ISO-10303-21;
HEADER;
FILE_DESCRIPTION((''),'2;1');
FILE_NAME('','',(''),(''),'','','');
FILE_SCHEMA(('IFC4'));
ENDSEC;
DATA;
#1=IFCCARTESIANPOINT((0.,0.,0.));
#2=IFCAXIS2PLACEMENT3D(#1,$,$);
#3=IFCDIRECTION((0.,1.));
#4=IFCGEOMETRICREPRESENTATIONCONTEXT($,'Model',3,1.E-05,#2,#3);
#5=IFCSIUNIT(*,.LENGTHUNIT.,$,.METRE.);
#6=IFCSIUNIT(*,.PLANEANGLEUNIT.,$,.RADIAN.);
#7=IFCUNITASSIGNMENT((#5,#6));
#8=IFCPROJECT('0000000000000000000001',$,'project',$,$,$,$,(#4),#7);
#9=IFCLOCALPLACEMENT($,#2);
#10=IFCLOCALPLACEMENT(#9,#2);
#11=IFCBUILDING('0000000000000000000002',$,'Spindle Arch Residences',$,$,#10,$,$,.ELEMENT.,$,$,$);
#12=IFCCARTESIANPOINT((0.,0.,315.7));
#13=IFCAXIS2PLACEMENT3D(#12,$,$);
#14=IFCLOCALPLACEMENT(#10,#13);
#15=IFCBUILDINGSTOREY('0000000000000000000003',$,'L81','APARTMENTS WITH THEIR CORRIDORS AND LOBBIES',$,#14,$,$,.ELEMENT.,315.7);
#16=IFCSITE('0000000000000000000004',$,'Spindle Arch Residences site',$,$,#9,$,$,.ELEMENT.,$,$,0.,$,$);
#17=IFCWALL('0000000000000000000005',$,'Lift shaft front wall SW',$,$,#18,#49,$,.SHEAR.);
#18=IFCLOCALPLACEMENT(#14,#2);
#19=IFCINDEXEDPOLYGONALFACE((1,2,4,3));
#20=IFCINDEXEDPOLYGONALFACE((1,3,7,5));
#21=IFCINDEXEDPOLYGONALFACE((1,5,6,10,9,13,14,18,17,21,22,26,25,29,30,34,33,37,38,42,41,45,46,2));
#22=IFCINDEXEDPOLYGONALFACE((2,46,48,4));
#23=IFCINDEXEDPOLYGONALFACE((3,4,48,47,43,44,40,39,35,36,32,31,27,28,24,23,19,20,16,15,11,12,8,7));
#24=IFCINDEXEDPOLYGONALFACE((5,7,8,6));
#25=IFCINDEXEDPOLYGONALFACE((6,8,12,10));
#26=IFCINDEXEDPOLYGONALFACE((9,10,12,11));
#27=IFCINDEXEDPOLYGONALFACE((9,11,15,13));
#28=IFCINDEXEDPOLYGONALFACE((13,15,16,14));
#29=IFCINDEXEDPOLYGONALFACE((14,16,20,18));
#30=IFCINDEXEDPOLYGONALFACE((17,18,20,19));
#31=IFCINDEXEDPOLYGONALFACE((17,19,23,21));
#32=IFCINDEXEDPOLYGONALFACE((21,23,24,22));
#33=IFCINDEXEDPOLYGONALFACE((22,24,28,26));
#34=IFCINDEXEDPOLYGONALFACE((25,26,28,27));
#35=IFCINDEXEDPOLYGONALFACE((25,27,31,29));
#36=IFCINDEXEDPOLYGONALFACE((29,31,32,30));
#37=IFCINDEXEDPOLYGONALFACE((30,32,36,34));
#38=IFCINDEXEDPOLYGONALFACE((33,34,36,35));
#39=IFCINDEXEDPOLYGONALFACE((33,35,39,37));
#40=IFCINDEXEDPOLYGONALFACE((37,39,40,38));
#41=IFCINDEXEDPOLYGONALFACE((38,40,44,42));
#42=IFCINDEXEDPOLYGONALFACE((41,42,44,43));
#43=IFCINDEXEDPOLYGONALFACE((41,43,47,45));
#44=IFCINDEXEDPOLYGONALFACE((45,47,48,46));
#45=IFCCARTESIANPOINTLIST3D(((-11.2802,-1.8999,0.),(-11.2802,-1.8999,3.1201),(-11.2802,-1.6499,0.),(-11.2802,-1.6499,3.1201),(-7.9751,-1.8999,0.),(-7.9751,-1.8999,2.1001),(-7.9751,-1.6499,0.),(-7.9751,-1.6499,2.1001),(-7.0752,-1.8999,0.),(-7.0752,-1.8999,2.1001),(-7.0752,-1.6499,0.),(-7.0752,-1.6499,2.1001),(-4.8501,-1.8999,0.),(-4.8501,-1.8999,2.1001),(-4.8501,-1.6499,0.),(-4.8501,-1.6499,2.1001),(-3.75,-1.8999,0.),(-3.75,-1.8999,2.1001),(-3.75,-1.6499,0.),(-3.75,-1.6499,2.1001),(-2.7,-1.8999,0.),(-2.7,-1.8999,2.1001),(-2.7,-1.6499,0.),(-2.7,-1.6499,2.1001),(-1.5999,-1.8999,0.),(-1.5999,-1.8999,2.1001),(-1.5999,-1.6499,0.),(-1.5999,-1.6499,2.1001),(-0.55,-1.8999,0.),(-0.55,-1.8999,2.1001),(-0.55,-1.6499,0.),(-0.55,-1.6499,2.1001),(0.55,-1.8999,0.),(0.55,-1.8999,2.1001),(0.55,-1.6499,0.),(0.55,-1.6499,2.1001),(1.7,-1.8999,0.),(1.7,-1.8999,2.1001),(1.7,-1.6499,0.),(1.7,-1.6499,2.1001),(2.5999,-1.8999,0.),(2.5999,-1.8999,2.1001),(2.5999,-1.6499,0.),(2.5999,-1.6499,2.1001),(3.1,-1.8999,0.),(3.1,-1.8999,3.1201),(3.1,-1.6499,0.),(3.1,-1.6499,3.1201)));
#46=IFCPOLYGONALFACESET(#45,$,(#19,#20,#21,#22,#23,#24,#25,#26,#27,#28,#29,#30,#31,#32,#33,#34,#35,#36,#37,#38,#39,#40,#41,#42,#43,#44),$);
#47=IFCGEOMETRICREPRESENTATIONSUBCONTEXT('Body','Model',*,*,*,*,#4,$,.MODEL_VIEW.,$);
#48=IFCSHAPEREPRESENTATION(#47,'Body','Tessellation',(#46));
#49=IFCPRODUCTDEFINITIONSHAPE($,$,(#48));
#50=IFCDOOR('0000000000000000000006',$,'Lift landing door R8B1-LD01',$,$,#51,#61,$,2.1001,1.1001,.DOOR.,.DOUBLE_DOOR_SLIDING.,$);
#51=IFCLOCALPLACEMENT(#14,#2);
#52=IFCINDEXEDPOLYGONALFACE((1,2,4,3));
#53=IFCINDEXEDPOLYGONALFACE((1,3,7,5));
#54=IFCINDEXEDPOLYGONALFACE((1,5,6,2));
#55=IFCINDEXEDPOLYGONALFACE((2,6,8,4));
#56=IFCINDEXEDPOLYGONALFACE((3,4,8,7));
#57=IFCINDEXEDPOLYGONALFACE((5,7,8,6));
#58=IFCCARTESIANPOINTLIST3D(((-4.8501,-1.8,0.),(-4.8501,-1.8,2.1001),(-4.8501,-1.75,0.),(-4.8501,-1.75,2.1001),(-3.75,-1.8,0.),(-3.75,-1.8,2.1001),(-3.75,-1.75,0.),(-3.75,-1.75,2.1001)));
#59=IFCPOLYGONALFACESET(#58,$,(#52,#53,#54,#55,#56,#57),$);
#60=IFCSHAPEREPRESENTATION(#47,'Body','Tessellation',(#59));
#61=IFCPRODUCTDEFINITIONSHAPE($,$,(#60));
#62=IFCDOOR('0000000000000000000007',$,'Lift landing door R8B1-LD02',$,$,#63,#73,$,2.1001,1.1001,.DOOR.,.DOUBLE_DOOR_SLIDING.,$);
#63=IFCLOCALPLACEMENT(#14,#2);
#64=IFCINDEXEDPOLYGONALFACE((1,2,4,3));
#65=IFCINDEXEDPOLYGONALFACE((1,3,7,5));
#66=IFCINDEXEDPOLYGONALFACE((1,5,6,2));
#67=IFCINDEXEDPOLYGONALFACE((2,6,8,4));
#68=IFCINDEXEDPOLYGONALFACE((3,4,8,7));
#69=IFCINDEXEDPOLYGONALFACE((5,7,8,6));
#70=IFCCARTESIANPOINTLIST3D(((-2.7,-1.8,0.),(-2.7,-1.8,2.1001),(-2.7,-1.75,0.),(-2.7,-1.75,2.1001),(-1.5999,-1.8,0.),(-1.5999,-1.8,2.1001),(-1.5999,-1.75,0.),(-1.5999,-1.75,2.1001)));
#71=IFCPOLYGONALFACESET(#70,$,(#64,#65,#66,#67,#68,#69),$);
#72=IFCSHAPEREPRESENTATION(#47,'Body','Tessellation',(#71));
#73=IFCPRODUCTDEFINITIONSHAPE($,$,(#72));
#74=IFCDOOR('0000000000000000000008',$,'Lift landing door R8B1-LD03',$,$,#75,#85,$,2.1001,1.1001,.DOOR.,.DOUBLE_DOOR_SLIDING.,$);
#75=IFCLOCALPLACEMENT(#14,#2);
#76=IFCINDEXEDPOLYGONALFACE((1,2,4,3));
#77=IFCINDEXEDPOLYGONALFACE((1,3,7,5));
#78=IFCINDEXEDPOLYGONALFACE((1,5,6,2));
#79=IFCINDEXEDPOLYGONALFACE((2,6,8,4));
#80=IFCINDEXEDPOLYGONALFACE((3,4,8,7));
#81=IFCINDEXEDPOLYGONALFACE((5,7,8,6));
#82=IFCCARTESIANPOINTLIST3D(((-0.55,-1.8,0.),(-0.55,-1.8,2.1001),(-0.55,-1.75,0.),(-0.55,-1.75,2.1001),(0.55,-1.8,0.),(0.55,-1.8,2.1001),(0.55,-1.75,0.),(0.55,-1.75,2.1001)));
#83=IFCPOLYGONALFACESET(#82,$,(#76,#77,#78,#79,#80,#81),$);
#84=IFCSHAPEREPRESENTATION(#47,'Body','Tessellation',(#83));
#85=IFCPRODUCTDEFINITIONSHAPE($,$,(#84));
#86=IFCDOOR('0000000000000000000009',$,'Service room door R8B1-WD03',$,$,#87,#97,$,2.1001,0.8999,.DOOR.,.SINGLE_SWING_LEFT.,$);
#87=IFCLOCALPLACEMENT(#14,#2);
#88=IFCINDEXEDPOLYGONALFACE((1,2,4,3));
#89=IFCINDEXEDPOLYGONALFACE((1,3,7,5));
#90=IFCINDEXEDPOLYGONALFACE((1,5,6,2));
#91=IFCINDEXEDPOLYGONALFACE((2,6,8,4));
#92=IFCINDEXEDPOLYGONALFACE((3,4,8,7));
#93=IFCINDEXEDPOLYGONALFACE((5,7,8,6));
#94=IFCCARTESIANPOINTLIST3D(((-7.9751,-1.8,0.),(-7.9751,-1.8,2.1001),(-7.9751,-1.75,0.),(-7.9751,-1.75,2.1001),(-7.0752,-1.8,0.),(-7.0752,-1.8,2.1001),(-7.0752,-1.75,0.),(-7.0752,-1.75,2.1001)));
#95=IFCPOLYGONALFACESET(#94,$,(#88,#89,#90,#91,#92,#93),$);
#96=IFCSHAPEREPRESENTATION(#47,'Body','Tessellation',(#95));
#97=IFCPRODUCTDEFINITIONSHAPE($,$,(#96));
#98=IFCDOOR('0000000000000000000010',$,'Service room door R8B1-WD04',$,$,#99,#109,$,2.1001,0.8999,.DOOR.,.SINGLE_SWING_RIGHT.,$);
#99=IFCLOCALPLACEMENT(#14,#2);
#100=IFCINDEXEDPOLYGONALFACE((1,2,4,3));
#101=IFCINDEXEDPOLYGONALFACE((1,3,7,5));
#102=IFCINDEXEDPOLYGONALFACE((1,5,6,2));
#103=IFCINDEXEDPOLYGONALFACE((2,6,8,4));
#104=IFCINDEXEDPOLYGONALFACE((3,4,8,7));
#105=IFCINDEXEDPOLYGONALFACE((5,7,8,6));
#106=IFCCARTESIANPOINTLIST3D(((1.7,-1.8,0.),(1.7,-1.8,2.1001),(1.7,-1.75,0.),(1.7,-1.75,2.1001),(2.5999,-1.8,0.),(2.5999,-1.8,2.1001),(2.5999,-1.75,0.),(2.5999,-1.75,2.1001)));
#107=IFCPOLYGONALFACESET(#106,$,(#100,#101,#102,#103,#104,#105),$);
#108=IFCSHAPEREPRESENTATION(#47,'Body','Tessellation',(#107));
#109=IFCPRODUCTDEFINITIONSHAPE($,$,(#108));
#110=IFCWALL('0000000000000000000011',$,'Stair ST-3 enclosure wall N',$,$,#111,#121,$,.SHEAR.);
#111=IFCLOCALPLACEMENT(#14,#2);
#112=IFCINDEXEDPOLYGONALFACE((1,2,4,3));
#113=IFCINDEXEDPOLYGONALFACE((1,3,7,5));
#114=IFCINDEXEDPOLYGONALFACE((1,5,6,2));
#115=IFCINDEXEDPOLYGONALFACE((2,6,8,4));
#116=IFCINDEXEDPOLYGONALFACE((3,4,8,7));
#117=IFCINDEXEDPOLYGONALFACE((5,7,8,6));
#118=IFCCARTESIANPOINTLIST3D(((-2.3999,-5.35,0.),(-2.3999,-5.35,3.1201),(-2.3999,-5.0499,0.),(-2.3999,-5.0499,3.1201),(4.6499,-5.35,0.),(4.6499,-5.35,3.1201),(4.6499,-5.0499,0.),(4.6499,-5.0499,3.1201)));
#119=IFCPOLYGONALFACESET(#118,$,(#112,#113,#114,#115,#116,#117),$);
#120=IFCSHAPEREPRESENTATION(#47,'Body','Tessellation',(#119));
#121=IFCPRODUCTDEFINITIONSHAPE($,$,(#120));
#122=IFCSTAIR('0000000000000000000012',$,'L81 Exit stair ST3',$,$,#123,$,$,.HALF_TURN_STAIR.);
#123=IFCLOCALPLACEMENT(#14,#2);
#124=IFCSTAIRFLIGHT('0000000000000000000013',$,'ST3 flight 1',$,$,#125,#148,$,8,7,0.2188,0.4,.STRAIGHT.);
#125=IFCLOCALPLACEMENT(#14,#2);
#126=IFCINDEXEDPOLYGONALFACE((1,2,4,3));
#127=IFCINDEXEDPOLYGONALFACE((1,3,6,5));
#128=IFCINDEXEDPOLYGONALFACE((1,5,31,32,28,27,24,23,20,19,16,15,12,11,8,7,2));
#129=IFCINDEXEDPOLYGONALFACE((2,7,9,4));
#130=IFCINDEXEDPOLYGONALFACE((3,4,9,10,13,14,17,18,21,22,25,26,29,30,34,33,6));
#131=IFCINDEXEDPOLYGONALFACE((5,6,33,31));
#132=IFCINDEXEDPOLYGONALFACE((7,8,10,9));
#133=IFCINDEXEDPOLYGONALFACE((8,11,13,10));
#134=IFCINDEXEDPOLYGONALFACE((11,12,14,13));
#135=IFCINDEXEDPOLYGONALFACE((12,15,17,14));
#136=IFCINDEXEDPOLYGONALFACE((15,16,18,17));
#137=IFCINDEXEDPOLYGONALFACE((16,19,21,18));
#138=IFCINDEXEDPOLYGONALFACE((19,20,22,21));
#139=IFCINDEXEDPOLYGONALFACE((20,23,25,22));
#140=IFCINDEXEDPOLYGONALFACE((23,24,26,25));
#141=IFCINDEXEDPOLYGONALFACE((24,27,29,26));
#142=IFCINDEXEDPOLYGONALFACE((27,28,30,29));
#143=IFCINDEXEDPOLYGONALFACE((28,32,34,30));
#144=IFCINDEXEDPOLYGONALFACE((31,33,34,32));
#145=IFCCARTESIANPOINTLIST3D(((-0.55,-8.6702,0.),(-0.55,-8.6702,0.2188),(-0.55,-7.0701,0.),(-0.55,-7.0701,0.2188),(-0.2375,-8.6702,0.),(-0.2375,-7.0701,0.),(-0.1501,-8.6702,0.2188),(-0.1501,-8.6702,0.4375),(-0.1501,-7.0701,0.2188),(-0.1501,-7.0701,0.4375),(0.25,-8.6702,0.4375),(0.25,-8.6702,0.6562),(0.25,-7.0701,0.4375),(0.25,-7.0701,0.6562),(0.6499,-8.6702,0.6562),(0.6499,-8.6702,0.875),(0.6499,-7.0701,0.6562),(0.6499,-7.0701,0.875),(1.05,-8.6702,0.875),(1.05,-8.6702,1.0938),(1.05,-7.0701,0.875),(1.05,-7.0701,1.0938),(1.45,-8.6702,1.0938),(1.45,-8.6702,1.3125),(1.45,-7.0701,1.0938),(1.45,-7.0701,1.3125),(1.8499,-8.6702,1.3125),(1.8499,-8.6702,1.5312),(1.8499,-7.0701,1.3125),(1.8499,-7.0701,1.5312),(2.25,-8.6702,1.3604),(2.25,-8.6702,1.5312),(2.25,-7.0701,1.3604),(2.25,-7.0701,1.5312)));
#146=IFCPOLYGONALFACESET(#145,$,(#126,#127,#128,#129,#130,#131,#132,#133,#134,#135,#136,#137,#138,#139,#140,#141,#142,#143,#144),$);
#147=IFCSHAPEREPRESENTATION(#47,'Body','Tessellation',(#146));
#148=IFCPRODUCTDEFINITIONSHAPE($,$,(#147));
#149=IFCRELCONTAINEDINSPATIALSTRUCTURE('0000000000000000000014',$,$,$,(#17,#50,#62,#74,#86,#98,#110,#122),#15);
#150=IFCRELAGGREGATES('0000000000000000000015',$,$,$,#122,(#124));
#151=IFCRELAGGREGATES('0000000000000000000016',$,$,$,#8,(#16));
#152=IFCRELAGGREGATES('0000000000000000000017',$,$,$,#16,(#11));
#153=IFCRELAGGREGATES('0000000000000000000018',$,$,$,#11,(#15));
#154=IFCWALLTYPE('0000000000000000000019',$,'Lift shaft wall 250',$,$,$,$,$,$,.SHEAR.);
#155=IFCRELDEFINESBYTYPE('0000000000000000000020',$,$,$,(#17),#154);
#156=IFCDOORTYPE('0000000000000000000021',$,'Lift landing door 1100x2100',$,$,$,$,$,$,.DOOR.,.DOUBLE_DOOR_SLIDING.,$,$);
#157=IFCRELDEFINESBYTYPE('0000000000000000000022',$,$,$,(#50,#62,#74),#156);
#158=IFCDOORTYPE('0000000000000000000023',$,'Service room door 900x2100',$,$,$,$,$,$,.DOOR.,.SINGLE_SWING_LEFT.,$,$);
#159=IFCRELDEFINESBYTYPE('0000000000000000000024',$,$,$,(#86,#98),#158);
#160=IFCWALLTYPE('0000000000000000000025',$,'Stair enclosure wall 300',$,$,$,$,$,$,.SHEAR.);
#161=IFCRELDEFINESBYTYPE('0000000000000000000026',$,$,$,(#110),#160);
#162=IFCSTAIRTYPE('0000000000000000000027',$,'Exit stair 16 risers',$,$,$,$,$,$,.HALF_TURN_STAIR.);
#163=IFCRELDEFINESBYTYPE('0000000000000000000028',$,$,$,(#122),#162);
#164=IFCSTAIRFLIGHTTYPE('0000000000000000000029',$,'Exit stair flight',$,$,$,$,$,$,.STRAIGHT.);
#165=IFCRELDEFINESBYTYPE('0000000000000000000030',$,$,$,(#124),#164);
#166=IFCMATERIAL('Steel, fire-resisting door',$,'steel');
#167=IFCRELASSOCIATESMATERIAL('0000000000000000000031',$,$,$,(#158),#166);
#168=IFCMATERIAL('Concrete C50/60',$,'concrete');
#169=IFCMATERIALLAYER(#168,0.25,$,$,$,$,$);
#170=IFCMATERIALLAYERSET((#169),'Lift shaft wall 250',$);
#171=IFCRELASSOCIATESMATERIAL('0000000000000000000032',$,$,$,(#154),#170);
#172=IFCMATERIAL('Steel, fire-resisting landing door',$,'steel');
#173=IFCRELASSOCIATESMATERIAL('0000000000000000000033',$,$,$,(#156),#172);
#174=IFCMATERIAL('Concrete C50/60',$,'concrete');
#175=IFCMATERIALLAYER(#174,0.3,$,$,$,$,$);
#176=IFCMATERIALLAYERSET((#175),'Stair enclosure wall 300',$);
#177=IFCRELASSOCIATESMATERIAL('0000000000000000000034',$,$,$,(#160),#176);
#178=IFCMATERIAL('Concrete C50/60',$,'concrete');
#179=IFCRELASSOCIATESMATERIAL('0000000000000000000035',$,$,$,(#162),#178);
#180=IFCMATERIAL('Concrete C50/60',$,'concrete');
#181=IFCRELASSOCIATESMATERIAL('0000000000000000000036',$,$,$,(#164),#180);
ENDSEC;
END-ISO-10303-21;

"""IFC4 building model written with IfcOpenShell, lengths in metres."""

from ifc_helpers import new_model, si_unit, direction, frame, frame_2d, origin, place, context, subcontext, project, spatial, polyline, rectangle, outline, extrude, material, layer, layer_set, type_object, element, fill, aggregate, save


model = new_model("IFC4")

# Units and contexts
model_context = context("Model", 3, precision=1e-05, world=origin(), true_north=direction((0.0, 1.0)))
body_context = subcontext(model_context, "Body", "Model", "MODEL_VIEW")
ifc_project = project(units=[si_unit("LENGTHUNIT", "METRE"), si_unit("PLANEANGLEUNIT", "RADIAN")], contexts=[model_context])

# Site, building, storey
site_placement = place(None, origin())
site = spatial("IfcSite", under=ifc_project, at=site_placement, Name="Spindle Arch Residences site", CompositionType="ELEMENT", RefElevation=0.0)
building_placement = place(site_placement, origin())
building = spatial("IfcBuilding", under=site, at=building_placement, Name="Spindle Arch Residences", CompositionType="ELEMENT")
storey_placement = place(building_placement, frame((0.0, 0.0, 315.7)))
storey = spatial("IfcBuildingStorey", under=building, at=storey_placement, Name="L81", Description="APARTMENTS WITH THEIR CORRIDORS AND LOBBIES", CompositionType="ELEMENT", Elevation=315.7)

# Shared definitions
ifc_material_1 = material(Name="Steel, fire-resisting door", Category="steel")
door_type_1 = type_object("IfcDoorType", Name="Service room door 900x2100", OperationType="SINGLE_SWING_LEFT", PredefinedType="DOOR", material=ifc_material_1)

# Shared definitions
ifc_material_2 = material(Name="Concrete C50/60", Category="concrete")
ifc_layer_1 = layer(ifc_material_2, 0.25)
ifc_layer_set_1 = layer_set([ifc_layer_1], Name="Lift shaft wall 250")
wall_type_1 = type_object("IfcWallType", Name="Lift shaft wall 250", PredefinedType="SHEAR", material=ifc_layer_set_1)

# Wall, openings, doors
wall_1_placement = place(storey_placement, frame((-11.28, -1.7749, 0.0), z_axis=(0.0, 0.0, 1.0), x_axis=(1.0, 0.0, 0.0)))
wall_1 = element("IfcWall", 1, at=wall_1_placement, inside=storey, type_object=wall_type_1, Name="Lift shaft front wall SW", PredefinedType="SHEAR", context=body_context, shape_type="SweptSolid", body=[
    extrude(rectangle(XDim=14.3801, YDim=0.25, at=frame_2d((7.1899, 0.0))), origin(), (0.0, 0.0, 1.0), 3.1201),
])
opening_1_placement = place(wall_1_placement, frame((6.4299, 0.0, 0.0)))
opening_1 = element("IfcOpeningElement", 2, at=opening_1_placement, cuts=wall_1, PredefinedType="OPENING", context=body_context, shape_type="SweptSolid", body=[
    extrude(rectangle(XDim=1.1001, YDim=2.1001, at=frame_2d((0.55, 1.05))), frame((0.0, 0.135, 0.0), z_axis=(0.0, -1.0, 0.0), x_axis=(1.0, 0.0, 0.0)), (0.0, 0.0, 1.0), 0.27),
])
opening_2_placement = place(wall_1_placement, frame((8.5801, 0.0, 0.0)))
opening_2 = element("IfcOpeningElement", 3, at=opening_2_placement, cuts=wall_1, PredefinedType="OPENING", context=body_context, shape_type="SweptSolid", body=[
    extrude(rectangle(XDim=1.1001, YDim=2.1001, at=frame_2d((0.55, 1.05))), frame((0.0, 0.135, 0.0), z_axis=(0.0, -1.0, 0.0), x_axis=(1.0, 0.0, 0.0)), (0.0, 0.0, 1.0), 0.27),
])
opening_3_placement = place(wall_1_placement, frame((10.73, 0.0, 0.0)))
opening_3 = element("IfcOpeningElement", 4, at=opening_3_placement, cuts=wall_1, PredefinedType="OPENING", context=body_context, shape_type="SweptSolid", body=[
    extrude(rectangle(XDim=1.1001, YDim=2.1001, at=frame_2d((0.55, 1.05))), frame((0.0, 0.135, 0.0), z_axis=(0.0, -1.0, 0.0), x_axis=(1.0, 0.0, 0.0)), (0.0, 0.0, 1.0), 0.27),
])
opening_4_placement = place(wall_1_placement, frame((3.3049, 0.0, 0.0)))
opening_4 = element("IfcOpeningElement", 5, at=opening_4_placement, cuts=wall_1, PredefinedType="OPENING", context=body_context, shape_type="SweptSolid", body=[
    extrude(rectangle(XDim=0.8999, YDim=2.1001, at=frame_2d((0.45, 1.05))), frame((0.0, 0.135, 0.0), z_axis=(0.0, -1.0, 0.0), x_axis=(1.0, 0.0, 0.0)), (0.0, 0.0, 1.0), 0.27),
])
opening_5_placement = place(wall_1_placement, frame((12.98, 0.0, 0.0)))
opening_5 = element("IfcOpeningElement", 6, at=opening_5_placement, cuts=wall_1, PredefinedType="OPENING", context=body_context, shape_type="SweptSolid", body=[
    extrude(rectangle(XDim=0.8999, YDim=2.1001, at=frame_2d((0.45, 1.05))), frame((0.0, 0.135, 0.0), z_axis=(0.0, -1.0, 0.0), x_axis=(1.0, 0.0, 0.0)), (0.0, 0.0, 1.0), 0.27),
])
ifc_material_3 = material(Name="Steel, fire-resisting landing door", Category="steel")
door_type_2 = type_object("IfcDoorType", Name="Lift landing door 1100x2100", OperationType="DOUBLE_DOOR_SLIDING", PredefinedType="DOOR", material=ifc_material_3)
door_1_placement = place(opening_1_placement, origin())
door_1 = element("IfcDoor", 7, at=door_1_placement, inside=storey, type_object=door_type_2, Name="Lift landing door R8B1-LD01", OperationType="DOUBLE_DOOR_SLIDING", OverallHeight=2.1001, OverallWidth=1.1001, PredefinedType="DOOR", context=body_context, shape_type="SweptSolid", body=[
    extrude(rectangle(XDim=1.1001, YDim=2.1001, at=frame_2d((0.55, 1.05))), frame((0.0, 0.0249, 0.0), z_axis=(0.0, -1.0, 0.0), x_axis=(1.0, 0.0, 0.0)), (0.0, 0.0, 1.0), 0.05),
])
fill(opening_1, door_1)
door_2_placement = place(opening_2_placement, origin())
door_2 = element("IfcDoor", 8, at=door_2_placement, inside=storey, type_object=door_type_2, Name="Lift landing door R8B1-LD02", OperationType="DOUBLE_DOOR_SLIDING", OverallHeight=2.1001, OverallWidth=1.1001, PredefinedType="DOOR", context=body_context, shape_type="SweptSolid", body=[
    extrude(rectangle(XDim=1.1001, YDim=2.1001, at=frame_2d((0.55, 1.05))), frame((0.0, 0.0249, 0.0), z_axis=(0.0, -1.0, 0.0), x_axis=(1.0, 0.0, 0.0)), (0.0, 0.0, 1.0), 0.05),
])
fill(opening_2, door_2)
door_3_placement = place(opening_3_placement, origin())
door_3 = element("IfcDoor", 9, at=door_3_placement, inside=storey, type_object=door_type_2, Name="Lift landing door R8B1-LD03", OperationType="DOUBLE_DOOR_SLIDING", OverallHeight=2.1001, OverallWidth=1.1001, PredefinedType="DOOR", context=body_context, shape_type="SweptSolid", body=[
    extrude(rectangle(XDim=1.1001, YDim=2.1001, at=frame_2d((0.55, 1.05))), frame((0.0, 0.0249, 0.0), z_axis=(0.0, -1.0, 0.0), x_axis=(1.0, 0.0, 0.0)), (0.0, 0.0, 1.0), 0.05),
])
fill(opening_3, door_3)
door_4_placement = place(opening_4_placement, origin())
door_4 = element("IfcDoor", 10, at=door_4_placement, inside=storey, type_object=door_type_1, Name="Service room door R8B1-WD03", OperationType="SINGLE_SWING_LEFT", OverallHeight=2.1001, OverallWidth=0.8999, PredefinedType="DOOR", context=body_context, shape_type="SweptSolid", body=[
    extrude(rectangle(XDim=0.8999, YDim=2.1001, at=frame_2d((0.45, 1.05))), frame((0.0, 0.0249, 0.0), z_axis=(0.0, -1.0, 0.0), x_axis=(1.0, 0.0, 0.0)), (0.0, 0.0, 1.0), 0.05),
])
fill(opening_4, door_4)
door_5_placement = place(opening_5_placement, origin())
door_5 = element("IfcDoor", 11, at=door_5_placement, inside=storey, type_object=door_type_1, Name="Service room door R8B1-WD04", OperationType="SINGLE_SWING_RIGHT", OverallHeight=2.1001, OverallWidth=0.8999, PredefinedType="DOOR", context=body_context, shape_type="SweptSolid", body=[
    extrude(rectangle(XDim=0.8999, YDim=2.1001, at=frame_2d((0.45, 1.05))), frame((0.0, 0.0249, 0.0), z_axis=(0.0, -1.0, 0.0), x_axis=(1.0, 0.0, 0.0)), (0.0, 0.0, 1.0), 0.05),
])
fill(opening_5, door_5)

# Wall
ifc_material_4 = material(Name="Concrete C50/60", Category="concrete")
ifc_layer_2 = layer(ifc_material_4, 0.3)
ifc_layer_set_2 = layer_set([ifc_layer_2], Name="Stair enclosure wall 300")
wall_type_2 = type_object("IfcWallType", Name="Stair enclosure wall 300", PredefinedType="SHEAR", material=ifc_layer_set_2)
wall_2_placement = place(storey_placement, frame((-2.3999, -5.2, 0.0), z_axis=(0.0, 0.0, 1.0), x_axis=(1.0, 0.0, 0.0)))
element("IfcWall", 12, at=wall_2_placement, inside=storey, type_object=wall_type_2, Name="Stair ST-3 enclosure wall N", PredefinedType="SHEAR", context=body_context, shape_type="SweptSolid", body=[
    extrude(rectangle(XDim=7.0498, YDim=0.3, at=frame_2d((3.5249, 0.0))), origin(), (0.0, 0.0, 1.0), 3.1201),
])

# Stair, stair flight
ifc_material_5 = material(Name="Concrete C50/60", Category="concrete")
stair_type = type_object("IfcStairType", Name="Exit stair 16 risers", PredefinedType="HALF_TURN_STAIR", material=ifc_material_5)
stair_placement = place(storey_placement, origin())
stair = element("IfcStair", 13, at=stair_placement, inside=storey, type_object=stair_type, Name="L81 Exit stair ST3", PredefinedType="HALF_TURN_STAIR")
ifc_material_6 = material(Name="Concrete C50/60", Category="concrete")
stair_flight_type = type_object("IfcStairFlightType", Name="Exit stair flight", PredefinedType="STRAIGHT", material=ifc_material_6)
stair_flight_placement = place(storey_placement, frame((-0.55, -7.8701, 0.0), z_axis=(0.0, 0.0, 1.0), x_axis=(1.0, 0.0, 0.0)))
stair_flight = element("IfcStairFlight", 14, at=stair_flight_placement, type_object=stair_flight_type, Name="ST3 flight 1", NumberOfRisers=8, NumberOfTreads=7, PredefinedType="STRAIGHT", RiserHeight=0.2188, TreadLength=0.4, context=body_context, shape_type="SweptSolid", body=[
    extrude(outline(polyline([(0.0, 0.0), (0.0, 0.2188), (0.3999, 0.2188), (0.3999, 0.4375), (0.8, 0.4375), (0.8, 0.6562), (1.2, 0.6562), (1.2, 0.875), (1.6001, 0.875), (1.6001, 1.0938), (2.0, 1.0938), (2.0, 1.3125), (2.3999, 1.3125), (2.3999, 1.5312), (2.8, 1.5312), (2.8, 1.75), (2.8, 1.3604), (0.3125, 0.0), (0.0, 0.0)])), frame((0.0, 0.8, 0.0), z_axis=(0.0, -1.0, 0.0), x_axis=(1.0, 0.0, 0.0)), (0.0, 0.0, 1.0), 1.6001),
])
aggregate(stair, [stair_flight])

save(model, "model.ifc")
